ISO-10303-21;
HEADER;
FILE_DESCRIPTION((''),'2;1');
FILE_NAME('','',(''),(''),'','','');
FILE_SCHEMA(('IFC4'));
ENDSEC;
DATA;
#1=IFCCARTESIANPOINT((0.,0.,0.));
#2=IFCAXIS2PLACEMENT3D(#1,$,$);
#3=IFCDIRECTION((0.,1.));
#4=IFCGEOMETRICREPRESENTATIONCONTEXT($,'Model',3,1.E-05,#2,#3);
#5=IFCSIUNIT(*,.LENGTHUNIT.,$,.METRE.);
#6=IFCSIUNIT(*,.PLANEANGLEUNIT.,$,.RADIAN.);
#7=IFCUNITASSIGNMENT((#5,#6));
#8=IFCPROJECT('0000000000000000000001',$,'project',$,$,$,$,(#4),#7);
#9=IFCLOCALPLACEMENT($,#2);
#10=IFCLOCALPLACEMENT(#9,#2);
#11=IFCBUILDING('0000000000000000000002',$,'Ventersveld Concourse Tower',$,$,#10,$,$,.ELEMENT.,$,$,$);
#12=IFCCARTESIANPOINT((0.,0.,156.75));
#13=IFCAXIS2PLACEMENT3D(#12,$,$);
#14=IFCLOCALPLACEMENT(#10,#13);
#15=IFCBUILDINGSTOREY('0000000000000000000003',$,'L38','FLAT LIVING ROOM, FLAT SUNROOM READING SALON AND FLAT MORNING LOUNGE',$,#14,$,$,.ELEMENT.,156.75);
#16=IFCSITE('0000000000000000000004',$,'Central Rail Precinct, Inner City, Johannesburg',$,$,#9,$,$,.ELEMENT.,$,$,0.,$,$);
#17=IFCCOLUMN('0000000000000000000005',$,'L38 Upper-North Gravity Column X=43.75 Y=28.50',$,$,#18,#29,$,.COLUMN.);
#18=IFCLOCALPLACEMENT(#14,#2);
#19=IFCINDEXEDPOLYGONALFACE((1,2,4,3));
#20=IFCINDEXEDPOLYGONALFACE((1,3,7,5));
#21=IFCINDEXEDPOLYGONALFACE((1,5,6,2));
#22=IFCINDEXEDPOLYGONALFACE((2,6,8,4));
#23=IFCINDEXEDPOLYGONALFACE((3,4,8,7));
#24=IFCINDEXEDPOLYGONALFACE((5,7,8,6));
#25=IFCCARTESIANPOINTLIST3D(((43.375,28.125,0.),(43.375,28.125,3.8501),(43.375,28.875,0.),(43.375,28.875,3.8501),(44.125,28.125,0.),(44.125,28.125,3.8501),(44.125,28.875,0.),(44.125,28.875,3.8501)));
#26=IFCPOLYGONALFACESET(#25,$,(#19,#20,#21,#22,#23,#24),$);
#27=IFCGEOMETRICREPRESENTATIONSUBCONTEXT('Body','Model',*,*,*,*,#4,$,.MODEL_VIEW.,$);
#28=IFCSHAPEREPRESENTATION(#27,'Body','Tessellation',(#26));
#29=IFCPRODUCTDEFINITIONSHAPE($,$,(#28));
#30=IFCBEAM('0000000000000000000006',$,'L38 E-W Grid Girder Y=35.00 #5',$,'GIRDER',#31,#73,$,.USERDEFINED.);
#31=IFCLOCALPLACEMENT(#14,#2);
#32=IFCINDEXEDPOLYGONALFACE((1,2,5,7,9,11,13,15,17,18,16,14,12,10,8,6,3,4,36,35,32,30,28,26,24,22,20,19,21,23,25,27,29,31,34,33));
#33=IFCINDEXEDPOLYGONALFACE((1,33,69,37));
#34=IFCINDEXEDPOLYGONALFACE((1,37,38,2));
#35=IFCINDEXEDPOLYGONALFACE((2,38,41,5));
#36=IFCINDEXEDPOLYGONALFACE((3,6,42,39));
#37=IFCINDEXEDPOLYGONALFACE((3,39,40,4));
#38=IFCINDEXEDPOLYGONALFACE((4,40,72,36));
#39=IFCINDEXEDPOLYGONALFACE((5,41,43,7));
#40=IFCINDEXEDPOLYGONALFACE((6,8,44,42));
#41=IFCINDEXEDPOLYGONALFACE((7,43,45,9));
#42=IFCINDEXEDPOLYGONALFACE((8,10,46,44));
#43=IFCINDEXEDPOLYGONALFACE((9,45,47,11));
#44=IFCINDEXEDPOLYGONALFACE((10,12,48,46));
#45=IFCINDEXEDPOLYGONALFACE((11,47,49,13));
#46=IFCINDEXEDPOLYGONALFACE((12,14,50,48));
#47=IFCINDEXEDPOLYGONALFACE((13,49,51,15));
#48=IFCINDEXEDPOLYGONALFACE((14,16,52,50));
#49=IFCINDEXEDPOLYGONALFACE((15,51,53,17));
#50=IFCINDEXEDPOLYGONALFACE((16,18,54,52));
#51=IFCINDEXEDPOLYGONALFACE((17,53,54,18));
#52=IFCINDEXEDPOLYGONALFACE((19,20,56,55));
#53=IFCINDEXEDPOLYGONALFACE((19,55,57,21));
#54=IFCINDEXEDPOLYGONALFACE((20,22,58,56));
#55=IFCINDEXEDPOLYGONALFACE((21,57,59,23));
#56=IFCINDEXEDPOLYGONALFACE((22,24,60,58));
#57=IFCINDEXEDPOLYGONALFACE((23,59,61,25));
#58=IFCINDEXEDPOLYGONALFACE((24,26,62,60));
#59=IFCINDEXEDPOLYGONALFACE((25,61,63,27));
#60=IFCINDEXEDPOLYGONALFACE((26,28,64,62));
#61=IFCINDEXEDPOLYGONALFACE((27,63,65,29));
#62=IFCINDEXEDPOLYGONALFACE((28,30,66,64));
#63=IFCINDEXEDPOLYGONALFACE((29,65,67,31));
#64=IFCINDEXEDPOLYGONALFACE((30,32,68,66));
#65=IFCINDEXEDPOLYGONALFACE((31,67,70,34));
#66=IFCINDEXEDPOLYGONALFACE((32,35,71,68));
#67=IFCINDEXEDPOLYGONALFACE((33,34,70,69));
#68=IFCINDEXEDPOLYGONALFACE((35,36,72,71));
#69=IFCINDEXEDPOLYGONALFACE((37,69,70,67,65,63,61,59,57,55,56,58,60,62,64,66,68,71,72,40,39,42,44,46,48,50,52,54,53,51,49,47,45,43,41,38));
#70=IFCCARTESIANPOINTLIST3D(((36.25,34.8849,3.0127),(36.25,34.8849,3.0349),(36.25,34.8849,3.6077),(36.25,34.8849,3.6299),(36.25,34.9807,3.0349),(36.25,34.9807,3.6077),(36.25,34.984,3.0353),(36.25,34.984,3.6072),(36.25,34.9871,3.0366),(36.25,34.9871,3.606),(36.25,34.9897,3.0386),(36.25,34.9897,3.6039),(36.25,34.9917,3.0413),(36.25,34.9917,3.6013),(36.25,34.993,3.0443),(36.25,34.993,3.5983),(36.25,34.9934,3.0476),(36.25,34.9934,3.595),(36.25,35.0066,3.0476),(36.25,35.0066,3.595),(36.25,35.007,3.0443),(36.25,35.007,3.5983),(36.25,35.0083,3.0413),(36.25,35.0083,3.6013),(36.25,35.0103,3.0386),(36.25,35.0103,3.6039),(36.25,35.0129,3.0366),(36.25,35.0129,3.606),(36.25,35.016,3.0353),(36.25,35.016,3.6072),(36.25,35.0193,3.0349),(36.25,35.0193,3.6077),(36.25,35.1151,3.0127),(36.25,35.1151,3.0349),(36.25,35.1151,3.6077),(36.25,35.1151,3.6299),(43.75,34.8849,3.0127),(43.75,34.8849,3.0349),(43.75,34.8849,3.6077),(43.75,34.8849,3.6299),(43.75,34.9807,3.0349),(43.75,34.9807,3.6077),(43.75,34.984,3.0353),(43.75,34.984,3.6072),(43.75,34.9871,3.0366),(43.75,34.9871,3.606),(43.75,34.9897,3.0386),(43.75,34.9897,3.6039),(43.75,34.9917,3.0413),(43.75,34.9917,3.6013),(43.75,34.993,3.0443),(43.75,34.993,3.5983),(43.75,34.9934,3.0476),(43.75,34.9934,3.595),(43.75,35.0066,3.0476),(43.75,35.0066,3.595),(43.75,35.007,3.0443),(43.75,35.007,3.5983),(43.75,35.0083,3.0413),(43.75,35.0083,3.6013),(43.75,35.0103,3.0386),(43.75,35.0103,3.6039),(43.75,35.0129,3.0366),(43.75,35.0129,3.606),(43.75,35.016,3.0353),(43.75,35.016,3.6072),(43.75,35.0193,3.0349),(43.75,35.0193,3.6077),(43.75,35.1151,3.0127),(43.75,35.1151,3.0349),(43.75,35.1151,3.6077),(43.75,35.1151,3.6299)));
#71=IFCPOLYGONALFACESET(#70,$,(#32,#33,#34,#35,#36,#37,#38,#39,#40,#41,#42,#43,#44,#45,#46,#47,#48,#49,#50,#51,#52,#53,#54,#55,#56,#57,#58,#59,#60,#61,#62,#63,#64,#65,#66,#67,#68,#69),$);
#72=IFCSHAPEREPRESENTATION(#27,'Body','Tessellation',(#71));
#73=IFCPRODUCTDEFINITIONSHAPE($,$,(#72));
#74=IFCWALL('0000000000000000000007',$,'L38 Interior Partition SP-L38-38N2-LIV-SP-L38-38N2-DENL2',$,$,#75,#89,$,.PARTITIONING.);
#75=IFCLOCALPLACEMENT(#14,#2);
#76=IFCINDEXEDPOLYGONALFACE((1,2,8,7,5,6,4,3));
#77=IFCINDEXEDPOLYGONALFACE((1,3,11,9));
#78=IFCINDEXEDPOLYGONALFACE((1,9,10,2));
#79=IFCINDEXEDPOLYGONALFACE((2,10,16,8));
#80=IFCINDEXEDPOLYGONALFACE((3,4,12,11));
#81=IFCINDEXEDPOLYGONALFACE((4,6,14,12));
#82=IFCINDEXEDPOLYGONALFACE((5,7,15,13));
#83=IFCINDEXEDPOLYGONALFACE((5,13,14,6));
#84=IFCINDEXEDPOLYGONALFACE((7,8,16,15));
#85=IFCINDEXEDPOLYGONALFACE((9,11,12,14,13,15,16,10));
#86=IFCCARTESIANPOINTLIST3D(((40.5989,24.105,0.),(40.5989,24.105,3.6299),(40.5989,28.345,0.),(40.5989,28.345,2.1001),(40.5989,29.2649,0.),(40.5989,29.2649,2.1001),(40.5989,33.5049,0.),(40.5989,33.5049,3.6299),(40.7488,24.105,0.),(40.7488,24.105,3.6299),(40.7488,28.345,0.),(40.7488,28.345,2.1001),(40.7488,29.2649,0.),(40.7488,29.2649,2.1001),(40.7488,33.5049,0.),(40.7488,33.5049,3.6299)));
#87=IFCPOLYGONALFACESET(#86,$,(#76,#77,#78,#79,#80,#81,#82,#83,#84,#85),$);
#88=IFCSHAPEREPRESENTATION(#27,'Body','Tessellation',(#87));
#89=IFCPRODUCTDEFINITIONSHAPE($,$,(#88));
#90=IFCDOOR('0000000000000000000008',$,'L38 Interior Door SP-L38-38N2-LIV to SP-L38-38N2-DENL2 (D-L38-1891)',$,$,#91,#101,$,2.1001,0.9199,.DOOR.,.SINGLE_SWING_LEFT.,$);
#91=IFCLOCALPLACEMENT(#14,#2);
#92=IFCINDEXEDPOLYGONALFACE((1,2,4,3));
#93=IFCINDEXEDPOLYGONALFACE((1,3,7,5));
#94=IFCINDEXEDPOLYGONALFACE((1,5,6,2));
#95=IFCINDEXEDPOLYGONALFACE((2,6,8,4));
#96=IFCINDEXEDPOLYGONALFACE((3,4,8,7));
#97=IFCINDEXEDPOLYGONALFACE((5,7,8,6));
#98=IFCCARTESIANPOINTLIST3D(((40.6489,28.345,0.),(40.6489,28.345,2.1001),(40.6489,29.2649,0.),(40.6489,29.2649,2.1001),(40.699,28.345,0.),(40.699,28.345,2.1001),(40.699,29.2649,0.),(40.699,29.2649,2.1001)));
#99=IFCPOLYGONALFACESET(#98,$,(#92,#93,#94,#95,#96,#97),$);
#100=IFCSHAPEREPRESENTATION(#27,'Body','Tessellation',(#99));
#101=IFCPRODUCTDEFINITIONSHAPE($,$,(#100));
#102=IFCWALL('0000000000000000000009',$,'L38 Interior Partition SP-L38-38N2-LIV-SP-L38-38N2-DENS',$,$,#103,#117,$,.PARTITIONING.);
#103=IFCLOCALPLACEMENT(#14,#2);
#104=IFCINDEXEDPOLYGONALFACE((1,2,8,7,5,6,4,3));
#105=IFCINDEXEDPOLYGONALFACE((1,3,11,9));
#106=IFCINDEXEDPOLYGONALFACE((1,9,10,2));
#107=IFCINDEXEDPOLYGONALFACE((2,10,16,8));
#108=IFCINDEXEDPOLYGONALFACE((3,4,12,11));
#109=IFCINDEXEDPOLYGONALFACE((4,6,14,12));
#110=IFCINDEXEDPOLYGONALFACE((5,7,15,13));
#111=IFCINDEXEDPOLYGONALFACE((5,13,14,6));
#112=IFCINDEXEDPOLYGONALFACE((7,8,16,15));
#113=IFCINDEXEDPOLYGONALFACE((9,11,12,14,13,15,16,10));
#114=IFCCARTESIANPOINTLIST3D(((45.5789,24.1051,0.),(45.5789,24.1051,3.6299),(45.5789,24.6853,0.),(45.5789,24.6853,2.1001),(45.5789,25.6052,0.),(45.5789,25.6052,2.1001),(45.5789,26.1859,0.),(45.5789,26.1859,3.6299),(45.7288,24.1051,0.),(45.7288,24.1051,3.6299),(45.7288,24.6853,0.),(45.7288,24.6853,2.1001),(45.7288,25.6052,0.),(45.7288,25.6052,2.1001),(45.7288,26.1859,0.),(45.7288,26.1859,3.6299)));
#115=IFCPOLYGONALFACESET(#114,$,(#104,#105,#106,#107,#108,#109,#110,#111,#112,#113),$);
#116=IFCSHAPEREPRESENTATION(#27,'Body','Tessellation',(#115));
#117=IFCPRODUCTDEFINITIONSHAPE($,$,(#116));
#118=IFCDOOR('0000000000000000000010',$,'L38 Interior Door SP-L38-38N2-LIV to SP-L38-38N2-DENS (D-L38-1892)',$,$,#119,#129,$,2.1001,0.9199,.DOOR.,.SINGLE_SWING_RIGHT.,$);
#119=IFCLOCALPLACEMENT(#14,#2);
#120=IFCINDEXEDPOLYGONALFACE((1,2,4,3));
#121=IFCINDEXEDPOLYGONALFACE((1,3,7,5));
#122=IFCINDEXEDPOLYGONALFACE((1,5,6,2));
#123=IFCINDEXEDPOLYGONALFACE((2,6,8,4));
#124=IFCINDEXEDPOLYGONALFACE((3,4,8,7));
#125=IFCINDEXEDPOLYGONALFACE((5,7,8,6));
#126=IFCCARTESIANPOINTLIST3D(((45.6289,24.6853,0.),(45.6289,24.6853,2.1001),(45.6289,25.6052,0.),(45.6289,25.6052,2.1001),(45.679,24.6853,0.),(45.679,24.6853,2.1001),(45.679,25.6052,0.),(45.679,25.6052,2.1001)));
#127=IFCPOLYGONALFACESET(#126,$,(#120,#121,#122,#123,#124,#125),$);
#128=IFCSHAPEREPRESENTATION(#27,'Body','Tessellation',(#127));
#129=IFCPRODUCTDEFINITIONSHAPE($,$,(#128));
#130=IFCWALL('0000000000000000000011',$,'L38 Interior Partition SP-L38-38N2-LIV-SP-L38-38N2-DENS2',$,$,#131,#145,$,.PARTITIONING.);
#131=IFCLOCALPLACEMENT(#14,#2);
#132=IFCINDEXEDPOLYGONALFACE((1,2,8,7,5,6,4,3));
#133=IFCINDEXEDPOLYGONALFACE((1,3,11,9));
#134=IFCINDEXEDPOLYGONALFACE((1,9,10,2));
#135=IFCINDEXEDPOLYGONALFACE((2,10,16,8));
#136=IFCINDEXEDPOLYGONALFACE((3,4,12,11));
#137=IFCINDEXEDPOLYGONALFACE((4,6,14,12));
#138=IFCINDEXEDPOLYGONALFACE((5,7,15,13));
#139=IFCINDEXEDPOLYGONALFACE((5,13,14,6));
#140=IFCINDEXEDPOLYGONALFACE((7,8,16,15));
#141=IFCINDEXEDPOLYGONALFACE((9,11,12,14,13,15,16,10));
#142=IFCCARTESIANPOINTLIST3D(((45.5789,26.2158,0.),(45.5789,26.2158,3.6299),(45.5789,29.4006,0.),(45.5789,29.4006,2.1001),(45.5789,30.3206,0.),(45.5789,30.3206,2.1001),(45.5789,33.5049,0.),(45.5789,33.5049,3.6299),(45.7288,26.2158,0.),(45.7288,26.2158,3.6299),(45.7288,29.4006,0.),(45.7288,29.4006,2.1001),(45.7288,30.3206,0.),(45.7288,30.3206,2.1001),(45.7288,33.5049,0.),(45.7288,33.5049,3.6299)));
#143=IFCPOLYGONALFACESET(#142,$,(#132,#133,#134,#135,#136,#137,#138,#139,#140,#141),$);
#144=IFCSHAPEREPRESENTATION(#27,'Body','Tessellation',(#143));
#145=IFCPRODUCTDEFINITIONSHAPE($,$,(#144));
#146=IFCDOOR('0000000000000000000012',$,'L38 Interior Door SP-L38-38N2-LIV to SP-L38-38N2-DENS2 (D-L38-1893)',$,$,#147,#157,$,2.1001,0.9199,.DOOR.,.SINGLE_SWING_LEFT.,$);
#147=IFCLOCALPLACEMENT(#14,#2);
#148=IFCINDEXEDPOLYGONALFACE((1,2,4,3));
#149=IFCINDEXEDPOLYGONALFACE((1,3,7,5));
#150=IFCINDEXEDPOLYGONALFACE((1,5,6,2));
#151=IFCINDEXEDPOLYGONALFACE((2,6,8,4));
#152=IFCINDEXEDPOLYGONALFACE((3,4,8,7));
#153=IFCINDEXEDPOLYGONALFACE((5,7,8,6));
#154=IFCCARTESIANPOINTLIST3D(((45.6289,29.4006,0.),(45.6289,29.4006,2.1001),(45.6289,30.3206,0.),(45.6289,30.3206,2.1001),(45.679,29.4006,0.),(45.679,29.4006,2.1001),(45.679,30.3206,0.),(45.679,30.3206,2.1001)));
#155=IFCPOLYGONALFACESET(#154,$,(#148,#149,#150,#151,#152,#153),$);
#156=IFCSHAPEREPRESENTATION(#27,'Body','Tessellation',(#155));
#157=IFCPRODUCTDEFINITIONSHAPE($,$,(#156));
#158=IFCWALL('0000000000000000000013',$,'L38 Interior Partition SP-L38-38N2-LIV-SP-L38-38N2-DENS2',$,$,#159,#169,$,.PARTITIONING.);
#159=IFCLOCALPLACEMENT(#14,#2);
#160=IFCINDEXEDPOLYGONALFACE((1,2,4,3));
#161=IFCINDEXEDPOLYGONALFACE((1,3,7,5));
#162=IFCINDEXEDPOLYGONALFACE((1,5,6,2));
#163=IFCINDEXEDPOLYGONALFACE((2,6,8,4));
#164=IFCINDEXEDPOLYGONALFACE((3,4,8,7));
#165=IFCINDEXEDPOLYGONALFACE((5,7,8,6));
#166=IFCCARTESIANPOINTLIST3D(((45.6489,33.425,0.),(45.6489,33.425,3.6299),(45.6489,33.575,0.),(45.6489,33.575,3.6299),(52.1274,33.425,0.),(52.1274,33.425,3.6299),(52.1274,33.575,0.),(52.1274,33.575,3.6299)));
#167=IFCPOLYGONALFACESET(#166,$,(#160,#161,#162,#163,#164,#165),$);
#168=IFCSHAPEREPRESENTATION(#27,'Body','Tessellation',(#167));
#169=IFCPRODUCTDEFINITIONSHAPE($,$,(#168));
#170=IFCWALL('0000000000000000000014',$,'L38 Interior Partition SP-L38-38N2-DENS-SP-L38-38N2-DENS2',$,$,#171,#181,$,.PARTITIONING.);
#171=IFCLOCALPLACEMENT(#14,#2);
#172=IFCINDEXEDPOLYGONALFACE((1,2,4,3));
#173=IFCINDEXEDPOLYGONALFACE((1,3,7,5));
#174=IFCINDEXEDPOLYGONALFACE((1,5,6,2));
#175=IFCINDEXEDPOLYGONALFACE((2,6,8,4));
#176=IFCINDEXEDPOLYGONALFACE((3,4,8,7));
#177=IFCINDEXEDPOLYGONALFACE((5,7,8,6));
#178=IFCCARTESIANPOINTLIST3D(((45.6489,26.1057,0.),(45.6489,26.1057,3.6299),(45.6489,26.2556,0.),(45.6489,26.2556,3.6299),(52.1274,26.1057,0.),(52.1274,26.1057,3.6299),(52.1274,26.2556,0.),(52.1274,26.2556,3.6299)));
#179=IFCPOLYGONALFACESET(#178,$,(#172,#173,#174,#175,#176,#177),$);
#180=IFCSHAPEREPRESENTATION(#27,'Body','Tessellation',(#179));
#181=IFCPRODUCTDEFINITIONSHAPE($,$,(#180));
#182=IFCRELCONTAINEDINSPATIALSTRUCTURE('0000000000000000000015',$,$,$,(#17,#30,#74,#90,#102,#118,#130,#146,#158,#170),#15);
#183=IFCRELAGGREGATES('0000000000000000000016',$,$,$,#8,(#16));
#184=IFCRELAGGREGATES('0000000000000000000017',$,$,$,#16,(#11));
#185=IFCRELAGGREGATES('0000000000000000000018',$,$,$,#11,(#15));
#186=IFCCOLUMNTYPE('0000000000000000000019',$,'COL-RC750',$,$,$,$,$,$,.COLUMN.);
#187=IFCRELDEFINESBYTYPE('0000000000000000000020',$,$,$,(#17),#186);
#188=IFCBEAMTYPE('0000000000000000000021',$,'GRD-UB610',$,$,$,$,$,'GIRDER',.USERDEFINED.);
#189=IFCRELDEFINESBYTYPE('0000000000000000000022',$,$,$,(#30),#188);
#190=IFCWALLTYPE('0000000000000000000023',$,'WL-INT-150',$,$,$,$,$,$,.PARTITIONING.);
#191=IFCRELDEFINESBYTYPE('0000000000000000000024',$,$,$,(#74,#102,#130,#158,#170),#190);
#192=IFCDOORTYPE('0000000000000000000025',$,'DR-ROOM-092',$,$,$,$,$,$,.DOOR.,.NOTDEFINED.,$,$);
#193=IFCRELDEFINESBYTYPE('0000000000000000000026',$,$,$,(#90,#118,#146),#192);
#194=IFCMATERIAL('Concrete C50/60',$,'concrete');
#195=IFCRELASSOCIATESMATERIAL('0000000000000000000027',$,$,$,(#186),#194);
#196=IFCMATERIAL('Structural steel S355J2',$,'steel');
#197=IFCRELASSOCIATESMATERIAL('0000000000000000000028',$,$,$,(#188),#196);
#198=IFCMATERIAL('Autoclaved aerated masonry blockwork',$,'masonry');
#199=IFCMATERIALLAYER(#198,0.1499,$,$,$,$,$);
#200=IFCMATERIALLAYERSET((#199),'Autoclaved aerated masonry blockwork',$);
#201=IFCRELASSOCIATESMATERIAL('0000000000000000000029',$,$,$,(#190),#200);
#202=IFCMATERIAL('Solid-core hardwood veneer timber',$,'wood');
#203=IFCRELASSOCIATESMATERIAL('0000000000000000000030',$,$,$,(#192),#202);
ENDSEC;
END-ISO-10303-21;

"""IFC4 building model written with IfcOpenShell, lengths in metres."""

from ifc_helpers import new_model, si_unit, direction, frame, frame_2d, origin, origin_2d, place, context, subcontext, project, spatial, rectangle, i_section, extrude, material, layer, layer_set, material_profile, profile_set, type_object, element, fill, save


model = new_model("IFC4")

# Units and contexts
model_context = context("Model", 3, precision=1e-05, world=origin(), true_north=direction((0.0, 1.0)))
body_context = subcontext(model_context, "Body", "Model", "MODEL_VIEW")
ifc_project = project(units=[si_unit("LENGTHUNIT", "METRE"), si_unit("PLANEANGLEUNIT", "RADIAN")], contexts=[model_context])

# Site, building, storey
site_placement = place(None, origin())
site = spatial("IfcSite", under=ifc_project, at=site_placement, Name="Central Rail Precinct, Inner City, Johannesburg", CompositionType="ELEMENT", RefElevation=0.0)
building_placement = place(site_placement, origin())
building = spatial("IfcBuilding", under=site, at=building_placement, Name="Ventersveld Concourse Tower", CompositionType="ELEMENT")
storey_placement = place(building_placement, frame((0.0, 0.0, 156.75)))
storey = spatial("IfcBuildingStorey", under=building, at=storey_placement, Name="L38", Description="FLAT LIVING ROOM, FLAT SUNROOM READING SALON AND FLAT MORNING LOUNGE", CompositionType="ELEMENT", Elevation=156.75)

# Column
ifc_material_1 = material(Name="Concrete C50/60", Category="concrete")
ifc_material_profile_1 = material_profile(ifc_material_1, rectangle(XDim=0.75, YDim=0.75, at=origin_2d()), Name="RC 750x750")
ifc_profile_set_1 = profile_set([ifc_material_profile_1], Name="Concrete C50/60")
column_type = type_object("IfcColumnType", Name="COL-RC750", PredefinedType="COLUMN", material=ifc_profile_set_1)
column_placement = place(storey_placement, frame((43.75, 28.5, 0.0), z_axis=(0.0, 0.0, 1.0), x_axis=(1.0, 0.0, 0.0)))
element("IfcColumn", 1, at=column_placement, inside=storey, type_object=column_type, Name="L38 Upper-North Gravity Column X=43.75 Y=28.50", PredefinedType="COLUMN", context=body_context, shape_type="SweptSolid", body=[
    extrude(rectangle(XDim=0.75, YDim=0.75, at=origin_2d()), origin(), (0.0, 0.0, 1.0), 3.8501),
])

# Beam
ifc_material_2 = material(Name="Structural steel S355J2", Category="steel")
ifc_material_profile_2 = material_profile(ifc_material_2, i_section(OverallWidth=0.2302, OverallDepth=0.6172, WebThickness=0.0132, FlangeThickness=0.0222, FilletRadius=0.0127, at=origin_2d()), Name="UB 610x229x140")
ifc_profile_set_2 = profile_set([ifc_material_profile_2], Name="Structural steel S355J2")
beam_type = type_object("IfcBeamType", Name="GRD-UB610", ElementType="GIRDER", PredefinedType="USERDEFINED", material=ifc_profile_set_2)
beam_placement = place(storey_placement, frame((36.25, 35.0, 3.3213), z_axis=(1.0, 0.0, 0.0), x_axis=(0.0, 1.0, 0.0)))
element("IfcBeam", 2, at=beam_placement, inside=storey, type_object=beam_type, Name="L38 E-W Grid Girder Y=35.00 #5", ObjectType="GIRDER", PredefinedType="USERDEFINED", context=body_context, shape_type="SweptSolid", body=[
    extrude(i_section(OverallWidth=0.2302, OverallDepth=0.6172, WebThickness=0.0132, FlangeThickness=0.0222, FilletRadius=0.0127, at=origin_2d()), origin(), (0.0, 0.0, 1.0), 7.5),
])

# Walls, openings, doors
ifc_material_3 = material(Name="Autoclaved aerated masonry blockwork", Category="masonry")
ifc_layer = layer(ifc_material_3, 0.1499)
ifc_layer_set = layer_set([ifc_layer], Name="Autoclaved aerated masonry blockwork")
wall_type = type_object("IfcWallType", Name="WL-INT-150", PredefinedType="PARTITIONING", material=ifc_layer_set)
wall_1_placement = place(storey_placement, frame((40.6738, 24.105, 0.0), z_axis=(0.0, 0.0, 1.0), x_axis=(0.0, 1.0, 0.0)))
wall_1 = element("IfcWall", 3, at=wall_1_placement, inside=storey, type_object=wall_type, Name="L38 Interior Partition SP-L38-38N2-LIV-SP-L38-38N2-DENL2", PredefinedType="PARTITIONING", context=body_context, shape_type="SweptSolid", body=[
    extrude(rectangle(XDim=9.3999, YDim=0.1499, at=frame_2d((4.7, 0.0))), origin(), (0.0, 0.0, 1.0), 3.6299),
])
opening_1_placement = place(wall_1_placement, frame((4.24, 0.0, 0.0)))
opening_1 = element("IfcOpeningElement", 4, at=opening_1_placement, cuts=wall_1, PredefinedType="OPENING", context=body_context, shape_type="SweptSolid", body=[
    extrude(rectangle(XDim=0.9199, YDim=2.1001, at=frame_2d((0.46, 1.05))), frame((0.0, 0.085, 0.0), z_axis=(0.0, -1.0, 0.0), x_axis=(1.0, 0.0, 0.0)), (0.0, 0.0, 1.0), 0.1699),
])
ifc_material_4 = material(Name="Solid-core hardwood veneer timber", Category="wood")
door_type = type_object("IfcDoorType", Name="DR-ROOM-092", OperationType="NOTDEFINED", PredefinedType="DOOR", material=ifc_material_4)
door_1_placement = place(opening_1_placement, origin())
door_1 = element("IfcDoor", 5, at=door_1_placement, inside=storey, type_object=door_type, Name="L38 Interior Door SP-L38-38N2-LIV to SP-L38-38N2-DENL2 (D-L38-1891)", OperationType="SINGLE_SWING_LEFT", OverallHeight=2.1001, OverallWidth=0.9199, PredefinedType="DOOR", context=body_context, shape_type="SweptSolid", body=[
    extrude(rectangle(XDim=0.9199, YDim=2.1001, at=frame_2d((0.46, 1.05))), frame((0.0, 0.0249, 0.0), z_axis=(0.0, -1.0, 0.0), x_axis=(1.0, 0.0, 0.0)), (0.0, 0.0, 1.0), 0.05),
])
fill(opening_1, door_1)
wall_2_placement = place(storey_placement, frame((45.6538, 24.105, 0.0), z_axis=(0.0, 0.0, 1.0), x_axis=(0.0, 1.0, 0.0)))
wall_2 = element("IfcWall", 6, at=wall_2_placement, inside=storey, type_object=wall_type, Name="L38 Interior Partition SP-L38-38N2-LIV-SP-L38-38N2-DENS", PredefinedType="PARTITIONING", context=body_context, shape_type="SweptSolid", body=[
    extrude(rectangle(XDim=2.0808, YDim=0.1499, at=frame_2d((1.0405, 0.0))), origin(), (0.0, 0.0, 1.0), 3.6299),
])
opening_2_placement = place(wall_2_placement, frame((0.5803, 0.0, 0.0)))
opening_2 = element("IfcOpeningElement", 7, at=opening_2_placement, cuts=wall_2, PredefinedType="OPENING", context=body_context, shape_type="SweptSolid", body=[
    extrude(rectangle(XDim=0.9199, YDim=2.1001, at=frame_2d((0.46, 1.05))), frame((0.0, 0.085, 0.0), z_axis=(0.0, -1.0, 0.0), x_axis=(1.0, 0.0, 0.0)), (0.0, 0.0, 1.0), 0.1699),
])
door_2_placement = place(opening_2_placement, origin())
door_2 = element("IfcDoor", 8, at=door_2_placement, inside=storey, type_object=door_type, Name="L38 Interior Door SP-L38-38N2-LIV to SP-L38-38N2-DENS (D-L38-1892)", OperationType="SINGLE_SWING_RIGHT", OverallHeight=2.1001, OverallWidth=0.9199, PredefinedType="DOOR", context=body_context, shape_type="SweptSolid", body=[
    extrude(rectangle(XDim=0.9199, YDim=2.1001, at=frame_2d((0.46, 1.05))), frame((0.0, 0.0249, 0.0), z_axis=(0.0, -1.0, 0.0), x_axis=(1.0, 0.0, 0.0)), (0.0, 0.0, 1.0), 0.05),
])
fill(opening_2, door_2)
wall_3_placement = place(storey_placement, frame((45.6538, 26.2158, 0.0), z_axis=(0.0, 0.0, 1.0), x_axis=(0.0, 1.0, 0.0)))
wall_3 = element("IfcWall", 9, at=wall_3_placement, inside=storey, type_object=wall_type, Name="L38 Interior Partition SP-L38-38N2-LIV-SP-L38-38N2-DENS2", PredefinedType="PARTITIONING", context=body_context, shape_type="SweptSolid", body=[
    extrude(rectangle(XDim=7.2891, YDim=0.1499, at=frame_2d((3.6445, 0.0))), origin(), (0.0, 0.0, 1.0), 3.6299),
])
opening_3_placement = place(wall_3_placement, frame((3.1848, 0.0, 0.0)))
opening_3 = element("IfcOpeningElement", 10, at=opening_3_placement, cuts=wall_3, PredefinedType="OPENING", context=body_context, shape_type="SweptSolid", body=[
    extrude(rectangle(XDim=0.9199, YDim=2.1001, at=frame_2d((0.46, 1.05))), frame((0.0, 0.085, 0.0), z_axis=(0.0, -1.0, 0.0), x_axis=(1.0, 0.0, 0.0)), (0.0, 0.0, 1.0), 0.1699),
])
door_3_placement = place(opening_3_placement, origin())
door_3 = element("IfcDoor", 11, at=door_3_placement, inside=storey, type_object=door_type, Name="L38 Interior Door SP-L38-38N2-LIV to SP-L38-38N2-DENS2 (D-L38-1893)", OperationType="SINGLE_SWING_LEFT", OverallHeight=2.1001, OverallWidth=0.9199, PredefinedType="DOOR", context=body_context, shape_type="SweptSolid", body=[
    extrude(rectangle(XDim=0.9199, YDim=2.1001, at=frame_2d((0.46, 1.05))), frame((0.0, 0.0249, 0.0), z_axis=(0.0, -1.0, 0.0), x_axis=(1.0, 0.0, 0.0)), (0.0, 0.0, 1.0), 0.05),
])
fill(opening_3, door_3)

# Walls
for number, where, z_axis, x_axis, name in (
    (12, (45.6489, 33.5, 0.0), (0.0, 0.0, 1.0), (1.0, 0.0, 0.0), "L38 Interior Partition SP-L38-38N2-LIV-SP-L38-38N2-DENS2"),
    (13, (45.6489, 26.1807, 0.0), (0.0, 0.0, 1.0), (1.0, 0.0, 0.0), "L38 Interior Partition SP-L38-38N2-DENS-SP-L38-38N2-DENS2"),
):
    element("IfcWall", number, at=place(storey_placement, frame(where, z_axis=z_axis, x_axis=x_axis)), inside=storey, type_object=wall_type, Name=name, PredefinedType="PARTITIONING", context=body_context, shape_type="SweptSolid", body=[
        extrude(rectangle(XDim=6.4785, YDim=0.1499, at=frame_2d((3.2393, 0.0))), origin(), (0.0, 0.0, 1.0), 3.6299),
    ])

save(model, "model.ifc")
